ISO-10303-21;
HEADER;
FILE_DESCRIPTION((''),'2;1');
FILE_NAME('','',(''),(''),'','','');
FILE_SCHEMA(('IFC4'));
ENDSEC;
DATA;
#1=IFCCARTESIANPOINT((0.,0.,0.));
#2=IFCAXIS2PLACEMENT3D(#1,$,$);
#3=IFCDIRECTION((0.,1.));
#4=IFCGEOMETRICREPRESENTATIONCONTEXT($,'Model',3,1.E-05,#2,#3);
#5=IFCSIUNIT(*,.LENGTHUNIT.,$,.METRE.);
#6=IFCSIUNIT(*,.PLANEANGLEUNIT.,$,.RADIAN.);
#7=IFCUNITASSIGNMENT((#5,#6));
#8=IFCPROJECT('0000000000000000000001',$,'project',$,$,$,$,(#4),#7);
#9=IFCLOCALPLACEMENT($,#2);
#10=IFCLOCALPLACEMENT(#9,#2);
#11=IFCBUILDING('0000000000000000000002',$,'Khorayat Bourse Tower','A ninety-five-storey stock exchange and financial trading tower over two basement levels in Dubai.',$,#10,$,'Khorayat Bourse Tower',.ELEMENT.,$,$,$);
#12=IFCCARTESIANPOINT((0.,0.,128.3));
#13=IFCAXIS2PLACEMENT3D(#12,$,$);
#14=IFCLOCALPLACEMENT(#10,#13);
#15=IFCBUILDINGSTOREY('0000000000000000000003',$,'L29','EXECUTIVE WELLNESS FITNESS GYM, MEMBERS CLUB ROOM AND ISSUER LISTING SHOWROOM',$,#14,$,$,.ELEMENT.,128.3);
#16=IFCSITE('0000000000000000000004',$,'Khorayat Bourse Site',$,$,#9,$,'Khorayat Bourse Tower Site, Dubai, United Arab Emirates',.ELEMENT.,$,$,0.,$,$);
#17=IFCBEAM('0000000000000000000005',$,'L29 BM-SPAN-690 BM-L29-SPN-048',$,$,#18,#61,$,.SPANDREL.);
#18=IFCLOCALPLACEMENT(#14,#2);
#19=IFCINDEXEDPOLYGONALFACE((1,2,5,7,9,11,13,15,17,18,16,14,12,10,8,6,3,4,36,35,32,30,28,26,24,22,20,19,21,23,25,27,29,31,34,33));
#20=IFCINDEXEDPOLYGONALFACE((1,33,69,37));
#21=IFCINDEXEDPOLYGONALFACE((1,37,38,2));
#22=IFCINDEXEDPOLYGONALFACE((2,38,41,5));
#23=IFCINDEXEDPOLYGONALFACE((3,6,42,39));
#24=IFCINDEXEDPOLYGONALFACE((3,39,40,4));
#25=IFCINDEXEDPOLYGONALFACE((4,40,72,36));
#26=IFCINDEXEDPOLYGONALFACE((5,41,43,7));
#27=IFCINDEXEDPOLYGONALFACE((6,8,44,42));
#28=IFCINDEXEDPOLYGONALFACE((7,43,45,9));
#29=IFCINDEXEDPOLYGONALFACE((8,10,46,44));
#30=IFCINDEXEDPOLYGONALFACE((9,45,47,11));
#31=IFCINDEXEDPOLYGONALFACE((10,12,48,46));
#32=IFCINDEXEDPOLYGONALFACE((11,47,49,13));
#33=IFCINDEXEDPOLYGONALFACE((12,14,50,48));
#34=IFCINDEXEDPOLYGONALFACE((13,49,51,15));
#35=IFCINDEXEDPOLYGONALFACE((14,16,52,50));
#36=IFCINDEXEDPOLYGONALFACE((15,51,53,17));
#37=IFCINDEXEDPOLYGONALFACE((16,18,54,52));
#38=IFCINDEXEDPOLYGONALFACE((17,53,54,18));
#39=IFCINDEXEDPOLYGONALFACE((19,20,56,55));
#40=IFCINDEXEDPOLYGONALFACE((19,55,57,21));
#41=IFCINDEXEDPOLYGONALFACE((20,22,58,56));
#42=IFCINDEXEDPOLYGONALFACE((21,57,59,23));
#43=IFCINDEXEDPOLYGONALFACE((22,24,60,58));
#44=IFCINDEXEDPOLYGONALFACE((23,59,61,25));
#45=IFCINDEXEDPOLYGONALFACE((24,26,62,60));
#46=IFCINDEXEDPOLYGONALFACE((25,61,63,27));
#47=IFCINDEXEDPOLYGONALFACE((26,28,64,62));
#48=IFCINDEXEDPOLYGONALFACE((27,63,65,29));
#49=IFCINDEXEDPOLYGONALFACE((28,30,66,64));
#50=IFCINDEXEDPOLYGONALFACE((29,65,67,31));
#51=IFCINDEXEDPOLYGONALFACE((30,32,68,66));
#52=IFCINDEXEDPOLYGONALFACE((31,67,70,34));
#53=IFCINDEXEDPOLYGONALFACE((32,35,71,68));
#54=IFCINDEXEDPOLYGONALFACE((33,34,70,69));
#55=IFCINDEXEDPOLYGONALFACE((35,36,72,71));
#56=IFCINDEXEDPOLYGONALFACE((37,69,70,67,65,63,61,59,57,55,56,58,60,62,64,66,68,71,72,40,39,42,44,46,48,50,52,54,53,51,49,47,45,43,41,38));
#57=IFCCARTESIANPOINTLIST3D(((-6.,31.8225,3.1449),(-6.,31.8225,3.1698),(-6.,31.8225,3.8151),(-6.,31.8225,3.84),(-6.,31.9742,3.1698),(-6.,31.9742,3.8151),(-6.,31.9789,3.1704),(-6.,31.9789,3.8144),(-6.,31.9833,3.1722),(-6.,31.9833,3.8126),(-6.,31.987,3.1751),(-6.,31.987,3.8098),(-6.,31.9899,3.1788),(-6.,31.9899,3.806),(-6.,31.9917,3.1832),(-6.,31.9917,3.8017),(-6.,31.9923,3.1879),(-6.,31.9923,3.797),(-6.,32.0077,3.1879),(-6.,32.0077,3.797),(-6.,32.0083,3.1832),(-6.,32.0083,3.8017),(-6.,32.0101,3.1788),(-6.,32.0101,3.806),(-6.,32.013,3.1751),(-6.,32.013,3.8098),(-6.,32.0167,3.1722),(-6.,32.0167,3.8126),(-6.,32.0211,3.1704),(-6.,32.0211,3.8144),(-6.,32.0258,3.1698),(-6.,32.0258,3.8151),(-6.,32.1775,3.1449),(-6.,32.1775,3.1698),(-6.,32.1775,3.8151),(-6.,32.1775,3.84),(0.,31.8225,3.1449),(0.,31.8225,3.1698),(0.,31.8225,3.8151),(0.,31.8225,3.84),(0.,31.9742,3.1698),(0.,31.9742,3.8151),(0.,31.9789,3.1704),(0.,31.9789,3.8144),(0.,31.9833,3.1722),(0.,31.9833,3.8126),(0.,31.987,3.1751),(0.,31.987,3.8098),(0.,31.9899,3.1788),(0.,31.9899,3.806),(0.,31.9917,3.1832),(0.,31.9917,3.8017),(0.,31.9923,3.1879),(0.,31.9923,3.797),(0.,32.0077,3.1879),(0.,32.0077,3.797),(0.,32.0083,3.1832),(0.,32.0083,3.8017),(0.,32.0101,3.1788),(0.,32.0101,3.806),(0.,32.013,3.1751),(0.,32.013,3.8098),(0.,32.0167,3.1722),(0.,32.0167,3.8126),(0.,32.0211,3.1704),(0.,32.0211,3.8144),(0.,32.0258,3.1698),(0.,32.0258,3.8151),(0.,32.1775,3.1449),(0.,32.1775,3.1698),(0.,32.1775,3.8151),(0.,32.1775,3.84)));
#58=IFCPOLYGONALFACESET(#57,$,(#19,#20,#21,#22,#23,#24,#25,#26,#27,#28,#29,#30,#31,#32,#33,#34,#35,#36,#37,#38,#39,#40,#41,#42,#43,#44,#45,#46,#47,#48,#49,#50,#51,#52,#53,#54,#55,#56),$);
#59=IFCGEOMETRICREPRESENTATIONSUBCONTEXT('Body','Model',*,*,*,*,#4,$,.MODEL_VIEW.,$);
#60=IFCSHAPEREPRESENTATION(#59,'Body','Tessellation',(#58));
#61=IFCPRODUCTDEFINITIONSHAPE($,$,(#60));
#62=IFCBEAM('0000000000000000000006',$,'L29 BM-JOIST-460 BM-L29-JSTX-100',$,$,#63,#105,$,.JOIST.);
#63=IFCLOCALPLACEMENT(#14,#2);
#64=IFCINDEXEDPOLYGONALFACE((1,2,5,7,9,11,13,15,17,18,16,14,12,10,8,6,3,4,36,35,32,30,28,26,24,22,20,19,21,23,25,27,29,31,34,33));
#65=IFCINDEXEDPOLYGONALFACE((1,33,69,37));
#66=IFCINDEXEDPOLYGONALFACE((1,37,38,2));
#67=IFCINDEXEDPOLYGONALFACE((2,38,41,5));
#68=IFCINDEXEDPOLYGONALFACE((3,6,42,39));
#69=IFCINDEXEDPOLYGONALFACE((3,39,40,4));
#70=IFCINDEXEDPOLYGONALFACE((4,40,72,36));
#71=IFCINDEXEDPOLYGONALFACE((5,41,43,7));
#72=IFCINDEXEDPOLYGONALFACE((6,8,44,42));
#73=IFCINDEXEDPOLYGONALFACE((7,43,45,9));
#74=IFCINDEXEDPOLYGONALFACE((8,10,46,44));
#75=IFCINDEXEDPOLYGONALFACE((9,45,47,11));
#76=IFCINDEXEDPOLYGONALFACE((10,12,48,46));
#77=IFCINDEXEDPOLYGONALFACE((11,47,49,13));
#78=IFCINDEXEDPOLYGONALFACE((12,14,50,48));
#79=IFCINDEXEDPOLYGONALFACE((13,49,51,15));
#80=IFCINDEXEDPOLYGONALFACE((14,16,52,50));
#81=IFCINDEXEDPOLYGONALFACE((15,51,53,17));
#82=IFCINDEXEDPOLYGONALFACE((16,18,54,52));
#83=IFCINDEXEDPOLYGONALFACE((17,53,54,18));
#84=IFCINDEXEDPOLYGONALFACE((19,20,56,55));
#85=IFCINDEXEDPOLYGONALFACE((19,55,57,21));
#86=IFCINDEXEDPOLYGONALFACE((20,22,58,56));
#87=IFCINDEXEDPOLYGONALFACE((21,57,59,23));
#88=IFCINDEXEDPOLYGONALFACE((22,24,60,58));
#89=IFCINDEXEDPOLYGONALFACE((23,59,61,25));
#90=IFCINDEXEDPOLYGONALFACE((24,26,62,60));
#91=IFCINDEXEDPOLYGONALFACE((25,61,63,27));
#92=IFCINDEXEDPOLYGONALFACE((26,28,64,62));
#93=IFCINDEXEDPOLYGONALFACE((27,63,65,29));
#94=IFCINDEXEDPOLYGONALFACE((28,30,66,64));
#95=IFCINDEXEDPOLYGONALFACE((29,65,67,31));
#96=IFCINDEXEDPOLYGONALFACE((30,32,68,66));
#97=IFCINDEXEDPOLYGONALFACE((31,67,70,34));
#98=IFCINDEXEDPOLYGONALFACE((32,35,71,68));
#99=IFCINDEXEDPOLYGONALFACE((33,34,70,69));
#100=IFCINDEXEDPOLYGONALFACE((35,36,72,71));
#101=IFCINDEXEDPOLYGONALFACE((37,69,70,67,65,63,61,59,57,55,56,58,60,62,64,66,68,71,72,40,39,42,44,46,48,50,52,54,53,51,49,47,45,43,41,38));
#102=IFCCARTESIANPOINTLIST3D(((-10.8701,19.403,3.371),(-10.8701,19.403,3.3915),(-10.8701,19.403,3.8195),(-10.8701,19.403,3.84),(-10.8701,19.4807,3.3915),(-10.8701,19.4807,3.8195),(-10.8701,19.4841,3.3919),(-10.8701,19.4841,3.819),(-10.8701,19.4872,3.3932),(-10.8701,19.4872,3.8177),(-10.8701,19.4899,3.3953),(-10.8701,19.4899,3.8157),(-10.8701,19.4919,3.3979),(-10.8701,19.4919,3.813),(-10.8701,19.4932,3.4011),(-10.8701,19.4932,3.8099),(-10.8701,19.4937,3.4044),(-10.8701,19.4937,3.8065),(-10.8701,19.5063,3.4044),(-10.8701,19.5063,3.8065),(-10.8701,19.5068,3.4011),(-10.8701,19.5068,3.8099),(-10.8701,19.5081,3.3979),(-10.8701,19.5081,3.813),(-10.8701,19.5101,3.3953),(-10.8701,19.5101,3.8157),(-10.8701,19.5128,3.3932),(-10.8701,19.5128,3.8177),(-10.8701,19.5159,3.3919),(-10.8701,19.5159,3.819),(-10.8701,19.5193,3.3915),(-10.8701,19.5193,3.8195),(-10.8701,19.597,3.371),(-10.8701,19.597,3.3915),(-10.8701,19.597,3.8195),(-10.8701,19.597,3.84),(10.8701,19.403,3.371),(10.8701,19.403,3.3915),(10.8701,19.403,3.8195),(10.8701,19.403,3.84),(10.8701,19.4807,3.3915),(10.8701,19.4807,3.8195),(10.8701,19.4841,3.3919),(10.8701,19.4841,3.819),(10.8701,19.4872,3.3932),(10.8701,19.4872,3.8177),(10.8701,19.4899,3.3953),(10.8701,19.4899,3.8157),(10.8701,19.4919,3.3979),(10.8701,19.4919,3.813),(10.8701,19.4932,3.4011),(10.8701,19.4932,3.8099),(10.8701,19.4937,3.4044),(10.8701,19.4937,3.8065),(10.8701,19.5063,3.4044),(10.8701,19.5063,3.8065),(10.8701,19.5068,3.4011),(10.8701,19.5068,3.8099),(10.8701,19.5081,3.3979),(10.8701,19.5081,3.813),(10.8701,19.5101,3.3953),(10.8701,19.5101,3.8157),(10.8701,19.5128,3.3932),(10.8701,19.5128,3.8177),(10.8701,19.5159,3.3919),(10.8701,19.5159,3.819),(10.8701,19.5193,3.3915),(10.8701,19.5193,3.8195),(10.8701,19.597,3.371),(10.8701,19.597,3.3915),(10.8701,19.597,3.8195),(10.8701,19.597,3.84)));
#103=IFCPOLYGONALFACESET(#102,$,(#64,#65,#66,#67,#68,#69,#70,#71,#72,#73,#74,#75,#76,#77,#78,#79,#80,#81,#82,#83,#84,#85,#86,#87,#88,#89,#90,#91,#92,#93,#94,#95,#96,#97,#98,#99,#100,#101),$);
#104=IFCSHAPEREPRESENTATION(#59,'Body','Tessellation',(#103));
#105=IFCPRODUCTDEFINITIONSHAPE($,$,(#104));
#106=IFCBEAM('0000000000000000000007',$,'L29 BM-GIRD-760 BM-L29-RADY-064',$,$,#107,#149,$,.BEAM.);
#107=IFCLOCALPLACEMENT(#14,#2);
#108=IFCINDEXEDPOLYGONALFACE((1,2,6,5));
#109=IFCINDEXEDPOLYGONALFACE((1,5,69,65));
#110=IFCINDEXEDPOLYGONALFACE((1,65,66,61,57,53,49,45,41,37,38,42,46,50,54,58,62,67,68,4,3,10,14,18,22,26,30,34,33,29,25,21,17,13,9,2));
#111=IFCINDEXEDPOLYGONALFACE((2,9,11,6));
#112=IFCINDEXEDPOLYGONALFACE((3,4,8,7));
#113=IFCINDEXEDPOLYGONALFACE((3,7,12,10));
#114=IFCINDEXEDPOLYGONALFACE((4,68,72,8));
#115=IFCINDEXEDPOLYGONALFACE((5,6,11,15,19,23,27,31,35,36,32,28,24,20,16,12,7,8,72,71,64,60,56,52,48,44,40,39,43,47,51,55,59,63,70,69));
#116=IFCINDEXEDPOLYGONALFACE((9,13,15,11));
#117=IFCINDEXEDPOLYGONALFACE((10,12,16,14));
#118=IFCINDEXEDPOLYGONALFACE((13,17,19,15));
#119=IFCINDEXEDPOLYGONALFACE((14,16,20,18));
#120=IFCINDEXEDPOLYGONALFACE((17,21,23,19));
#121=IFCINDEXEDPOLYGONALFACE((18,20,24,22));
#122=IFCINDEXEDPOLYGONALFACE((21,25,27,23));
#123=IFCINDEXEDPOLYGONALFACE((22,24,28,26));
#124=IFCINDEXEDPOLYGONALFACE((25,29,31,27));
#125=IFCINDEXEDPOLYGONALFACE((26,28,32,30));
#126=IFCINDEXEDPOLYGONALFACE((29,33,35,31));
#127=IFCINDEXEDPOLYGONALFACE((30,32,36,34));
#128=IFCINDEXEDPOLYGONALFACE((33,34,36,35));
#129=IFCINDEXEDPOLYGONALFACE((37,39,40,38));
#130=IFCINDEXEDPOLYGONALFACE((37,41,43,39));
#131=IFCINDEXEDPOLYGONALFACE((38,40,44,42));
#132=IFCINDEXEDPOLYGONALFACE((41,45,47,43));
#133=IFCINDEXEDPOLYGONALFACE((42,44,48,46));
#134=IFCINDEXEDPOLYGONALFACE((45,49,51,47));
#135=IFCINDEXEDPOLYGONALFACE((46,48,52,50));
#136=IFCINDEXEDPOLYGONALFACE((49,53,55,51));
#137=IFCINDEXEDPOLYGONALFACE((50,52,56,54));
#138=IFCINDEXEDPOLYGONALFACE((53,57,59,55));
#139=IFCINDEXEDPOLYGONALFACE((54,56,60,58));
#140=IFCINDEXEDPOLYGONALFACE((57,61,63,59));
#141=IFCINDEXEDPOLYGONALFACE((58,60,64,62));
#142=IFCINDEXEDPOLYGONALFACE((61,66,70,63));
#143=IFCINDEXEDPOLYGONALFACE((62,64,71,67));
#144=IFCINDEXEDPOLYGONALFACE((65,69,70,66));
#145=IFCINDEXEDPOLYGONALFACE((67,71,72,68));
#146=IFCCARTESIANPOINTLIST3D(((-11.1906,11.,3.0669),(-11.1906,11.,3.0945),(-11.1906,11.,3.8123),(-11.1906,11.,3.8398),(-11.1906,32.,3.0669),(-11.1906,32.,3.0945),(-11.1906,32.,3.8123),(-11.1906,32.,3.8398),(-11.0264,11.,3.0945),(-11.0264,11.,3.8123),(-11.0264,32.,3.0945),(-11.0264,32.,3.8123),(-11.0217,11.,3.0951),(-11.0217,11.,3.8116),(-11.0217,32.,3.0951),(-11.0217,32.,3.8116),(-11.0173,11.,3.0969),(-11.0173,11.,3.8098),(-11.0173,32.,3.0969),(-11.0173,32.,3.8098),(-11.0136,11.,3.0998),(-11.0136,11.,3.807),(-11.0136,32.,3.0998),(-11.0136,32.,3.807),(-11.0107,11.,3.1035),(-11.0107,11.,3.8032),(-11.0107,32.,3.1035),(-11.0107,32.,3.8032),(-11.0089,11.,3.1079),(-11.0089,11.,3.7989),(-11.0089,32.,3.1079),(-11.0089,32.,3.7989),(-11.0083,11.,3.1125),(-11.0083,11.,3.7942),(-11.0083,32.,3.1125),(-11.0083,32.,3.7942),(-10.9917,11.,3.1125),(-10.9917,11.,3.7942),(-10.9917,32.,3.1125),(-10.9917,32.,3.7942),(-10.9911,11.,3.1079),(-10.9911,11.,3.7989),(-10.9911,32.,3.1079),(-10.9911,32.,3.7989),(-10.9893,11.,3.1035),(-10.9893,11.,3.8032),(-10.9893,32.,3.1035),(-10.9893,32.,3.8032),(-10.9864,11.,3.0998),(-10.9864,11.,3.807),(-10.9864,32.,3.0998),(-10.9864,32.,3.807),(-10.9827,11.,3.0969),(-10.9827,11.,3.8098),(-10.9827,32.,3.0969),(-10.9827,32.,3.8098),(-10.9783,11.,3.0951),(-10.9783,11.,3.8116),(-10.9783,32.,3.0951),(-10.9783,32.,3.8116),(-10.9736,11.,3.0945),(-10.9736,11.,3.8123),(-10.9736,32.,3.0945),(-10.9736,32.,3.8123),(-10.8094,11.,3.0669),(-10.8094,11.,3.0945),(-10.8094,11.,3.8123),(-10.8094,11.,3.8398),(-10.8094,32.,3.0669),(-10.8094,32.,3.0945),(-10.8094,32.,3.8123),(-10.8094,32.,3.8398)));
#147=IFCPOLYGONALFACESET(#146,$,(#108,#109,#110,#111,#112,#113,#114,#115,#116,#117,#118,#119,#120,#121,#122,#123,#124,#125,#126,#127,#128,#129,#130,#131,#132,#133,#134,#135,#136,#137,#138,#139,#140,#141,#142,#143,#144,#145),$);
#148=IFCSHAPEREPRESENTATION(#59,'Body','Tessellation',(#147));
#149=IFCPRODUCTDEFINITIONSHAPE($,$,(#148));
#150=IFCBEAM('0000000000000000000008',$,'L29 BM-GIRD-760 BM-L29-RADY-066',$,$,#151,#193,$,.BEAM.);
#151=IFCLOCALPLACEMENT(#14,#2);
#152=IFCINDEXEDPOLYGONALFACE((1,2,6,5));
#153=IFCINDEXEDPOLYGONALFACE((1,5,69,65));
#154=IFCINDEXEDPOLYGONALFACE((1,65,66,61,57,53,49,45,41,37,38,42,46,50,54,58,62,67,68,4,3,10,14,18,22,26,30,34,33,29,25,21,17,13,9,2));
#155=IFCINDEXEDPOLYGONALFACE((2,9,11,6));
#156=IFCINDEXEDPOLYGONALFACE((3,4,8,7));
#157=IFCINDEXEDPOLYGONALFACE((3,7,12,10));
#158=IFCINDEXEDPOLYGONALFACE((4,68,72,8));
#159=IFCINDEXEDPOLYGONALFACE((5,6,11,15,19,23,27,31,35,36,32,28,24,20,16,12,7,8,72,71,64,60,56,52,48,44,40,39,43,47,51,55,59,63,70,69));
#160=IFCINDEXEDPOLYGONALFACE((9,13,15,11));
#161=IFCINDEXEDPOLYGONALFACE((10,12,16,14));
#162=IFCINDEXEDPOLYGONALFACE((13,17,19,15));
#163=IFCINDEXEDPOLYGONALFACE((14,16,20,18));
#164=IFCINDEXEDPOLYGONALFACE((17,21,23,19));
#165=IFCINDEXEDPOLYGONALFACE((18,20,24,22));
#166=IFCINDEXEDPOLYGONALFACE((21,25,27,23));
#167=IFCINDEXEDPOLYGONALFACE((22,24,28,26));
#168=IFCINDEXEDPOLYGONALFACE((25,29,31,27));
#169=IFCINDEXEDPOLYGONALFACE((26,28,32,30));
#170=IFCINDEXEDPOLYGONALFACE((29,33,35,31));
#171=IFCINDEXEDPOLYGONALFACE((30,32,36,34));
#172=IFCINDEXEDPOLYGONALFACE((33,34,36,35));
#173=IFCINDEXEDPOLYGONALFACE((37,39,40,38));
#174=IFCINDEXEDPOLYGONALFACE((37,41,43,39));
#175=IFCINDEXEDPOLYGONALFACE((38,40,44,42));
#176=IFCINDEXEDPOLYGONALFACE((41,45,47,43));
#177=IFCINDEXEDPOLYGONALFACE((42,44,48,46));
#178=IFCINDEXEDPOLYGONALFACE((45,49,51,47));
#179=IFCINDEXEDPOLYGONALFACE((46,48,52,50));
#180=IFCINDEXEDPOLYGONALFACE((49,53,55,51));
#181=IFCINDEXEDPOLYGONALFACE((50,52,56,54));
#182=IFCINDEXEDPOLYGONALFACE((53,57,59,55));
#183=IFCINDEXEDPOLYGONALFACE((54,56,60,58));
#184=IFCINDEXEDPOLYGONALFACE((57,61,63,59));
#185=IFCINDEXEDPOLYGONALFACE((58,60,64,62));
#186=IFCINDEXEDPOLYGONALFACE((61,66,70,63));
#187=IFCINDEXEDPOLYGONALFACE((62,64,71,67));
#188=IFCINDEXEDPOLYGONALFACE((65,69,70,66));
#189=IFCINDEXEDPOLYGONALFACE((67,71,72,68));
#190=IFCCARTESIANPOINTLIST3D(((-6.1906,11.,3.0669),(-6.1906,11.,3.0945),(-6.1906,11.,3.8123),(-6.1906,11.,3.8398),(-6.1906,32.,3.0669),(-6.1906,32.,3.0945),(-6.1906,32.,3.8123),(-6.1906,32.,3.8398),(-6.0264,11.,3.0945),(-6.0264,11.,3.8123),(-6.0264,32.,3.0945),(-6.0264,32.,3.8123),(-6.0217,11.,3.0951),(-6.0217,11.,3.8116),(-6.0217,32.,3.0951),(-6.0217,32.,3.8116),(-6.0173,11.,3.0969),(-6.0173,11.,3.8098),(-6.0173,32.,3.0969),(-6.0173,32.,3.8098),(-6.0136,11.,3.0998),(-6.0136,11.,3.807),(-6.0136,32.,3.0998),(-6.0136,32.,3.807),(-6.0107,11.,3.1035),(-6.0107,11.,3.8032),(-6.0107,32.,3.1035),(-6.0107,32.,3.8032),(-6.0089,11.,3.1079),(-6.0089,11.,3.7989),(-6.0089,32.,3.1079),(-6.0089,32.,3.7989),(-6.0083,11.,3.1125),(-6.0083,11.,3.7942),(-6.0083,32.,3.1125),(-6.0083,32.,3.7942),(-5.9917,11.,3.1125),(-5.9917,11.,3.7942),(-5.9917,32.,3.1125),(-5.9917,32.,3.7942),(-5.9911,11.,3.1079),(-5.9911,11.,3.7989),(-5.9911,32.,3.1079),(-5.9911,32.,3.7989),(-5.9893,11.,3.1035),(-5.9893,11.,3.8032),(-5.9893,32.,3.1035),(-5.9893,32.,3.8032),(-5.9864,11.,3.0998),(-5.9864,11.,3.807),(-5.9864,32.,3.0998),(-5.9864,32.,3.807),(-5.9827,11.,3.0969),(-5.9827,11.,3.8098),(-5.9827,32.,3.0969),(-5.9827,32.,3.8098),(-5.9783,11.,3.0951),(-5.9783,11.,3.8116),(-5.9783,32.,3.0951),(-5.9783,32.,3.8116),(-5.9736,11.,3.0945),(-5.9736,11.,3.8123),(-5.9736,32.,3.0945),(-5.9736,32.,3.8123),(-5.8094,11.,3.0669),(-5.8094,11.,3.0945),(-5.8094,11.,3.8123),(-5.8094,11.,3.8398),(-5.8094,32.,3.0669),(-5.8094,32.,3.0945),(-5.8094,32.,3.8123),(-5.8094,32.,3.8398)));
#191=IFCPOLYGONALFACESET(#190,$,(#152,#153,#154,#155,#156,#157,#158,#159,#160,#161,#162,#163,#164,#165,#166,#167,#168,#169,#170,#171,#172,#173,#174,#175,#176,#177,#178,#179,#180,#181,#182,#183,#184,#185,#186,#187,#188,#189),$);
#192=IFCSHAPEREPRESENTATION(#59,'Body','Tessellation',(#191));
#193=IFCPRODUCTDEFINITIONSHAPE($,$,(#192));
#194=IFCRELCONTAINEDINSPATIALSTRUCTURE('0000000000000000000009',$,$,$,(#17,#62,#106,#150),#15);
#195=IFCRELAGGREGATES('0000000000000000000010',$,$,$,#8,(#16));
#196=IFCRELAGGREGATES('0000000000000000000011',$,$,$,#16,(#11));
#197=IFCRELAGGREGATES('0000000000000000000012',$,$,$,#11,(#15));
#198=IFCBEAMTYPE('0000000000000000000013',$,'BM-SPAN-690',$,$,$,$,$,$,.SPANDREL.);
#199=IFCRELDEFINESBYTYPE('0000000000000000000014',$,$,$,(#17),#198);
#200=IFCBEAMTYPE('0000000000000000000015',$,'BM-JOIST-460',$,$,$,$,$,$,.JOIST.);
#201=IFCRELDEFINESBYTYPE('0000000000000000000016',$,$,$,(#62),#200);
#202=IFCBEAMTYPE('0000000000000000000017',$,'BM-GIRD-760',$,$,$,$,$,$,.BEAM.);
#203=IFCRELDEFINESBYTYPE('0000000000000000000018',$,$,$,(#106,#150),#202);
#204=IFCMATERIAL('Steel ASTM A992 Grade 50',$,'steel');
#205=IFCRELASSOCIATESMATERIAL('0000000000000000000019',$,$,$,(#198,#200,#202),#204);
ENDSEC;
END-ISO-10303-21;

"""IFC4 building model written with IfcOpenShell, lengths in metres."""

from ifc_helpers import new_model, si_unit, direction, frame, origin, origin_2d, place, context, subcontext, project, spatial, i_section, extrude, source, transform, mapped, material, material_profile, profile_set, type_object, element, save


model = new_model("IFC4")

# Units and contexts
model_context = context("Model", 3, precision=1e-05, world=origin(), true_north=direction((0.0, 1.0)))
body_context = subcontext(model_context, "Body", "Model", "MODEL_VIEW")
ifc_project = project(units=[si_unit("LENGTHUNIT", "METRE"), si_unit("PLANEANGLEUNIT", "RADIAN")], contexts=[model_context])

# Site, building, storey
site_placement = place(None, origin())
site = spatial("IfcSite", under=ifc_project, at=site_placement, Name="Khorayat Bourse Site", LongName="Khorayat Bourse Tower Site, Dubai, United Arab Emirates", CompositionType="ELEMENT", RefElevation=0.0)
building_placement = place(site_placement, origin())
building = spatial("IfcBuilding", under=site, at=building_placement, Name="Khorayat Bourse Tower", Description="A ninety-five-storey stock exchange and financial trading tower over two basement levels in Dubai.", LongName="Khorayat Bourse Tower", CompositionType="ELEMENT")
storey_placement = place(building_placement, frame((0.0, 0.0, 128.3)))
storey = spatial("IfcBuildingStorey", under=building, at=storey_placement, Name="L29", Description="EXECUTIVE WELLNESS FITNESS GYM, MEMBERS CLUB ROOM AND ISSUER LISTING SHOWROOM", CompositionType="ELEMENT", Elevation=128.3)

# Beams
ifc_material_1 = material(Name="Steel ASTM A992 Grade 50", Category="steel")
ifc_material_profile_1 = material_profile(ifc_material_1, i_section(OverallWidth=0.355, OverallDepth=0.6951, WebThickness=0.0154, FlangeThickness=0.0249, FilletRadius=0.0181, at=origin_2d()), Name="W690X217")
ifc_profile_set_1 = profile_set([ifc_material_profile_1], Name="Steel ASTM A992 Grade 50")
beam_type_1 = type_object("IfcBeamType", Name="BM-SPAN-690", PredefinedType="SPANDREL", material=ifc_profile_set_1)
shared_shape_1 = source(origin(), body_context, "Body", "SweptSolid", [
    extrude(i_section(OverallWidth=0.355, OverallDepth=0.6951, WebThickness=0.0154, FlangeThickness=0.0249, FilletRadius=0.0181, at=origin_2d()), origin(), (0.0, 0.0, 1.0), 6.0),
])
beam_1_placement = place(storey_placement, frame((-6.0, 32.0, 3.4924), z_axis=(1.0, 0.0, 0.0), x_axis=(0.0, 1.0, 0.0)))
element("IfcBeam", 1, at=beam_1_placement, inside=storey, type_object=beam_type_1, Name="L29 BM-SPAN-690 BM-L29-SPN-048", PredefinedType="SPANDREL", context=body_context, shape_type="MappedRepresentation", body=[
    mapped(shared_shape_1, transform((0.0, 0.0, 0.0), scale=1.0)),
])
ifc_material_profile_2 = material_profile(ifc_material_1, i_section(OverallWidth=0.1941, OverallDepth=0.469, WebThickness=0.0127, FlangeThickness=0.0205, FilletRadius=0.0129, at=origin_2d()), Name="W460X106")
ifc_profile_set_2 = profile_set([ifc_material_profile_2], Name="Steel ASTM A992 Grade 50")
beam_type_2 = type_object("IfcBeamType", Name="BM-JOIST-460", PredefinedType="JOIST", material=ifc_profile_set_2)
shared_shape_2 = source(origin(), body_context, "Body", "SweptSolid", [
    extrude(i_section(OverallWidth=0.1941, OverallDepth=0.469, WebThickness=0.0127, FlangeThickness=0.0205, FilletRadius=0.0129, at=origin_2d()), origin(), (0.0, 0.0, 1.0), 21.7402),
])
beam_2_placement = place(storey_placement, frame((-10.8701, 19.5, 3.6055), z_axis=(1.0, 0.0, 0.0), x_axis=(0.0, 1.0, 0.0)))
element("IfcBeam", 2, at=beam_2_placement, inside=storey, type_object=beam_type_2, Name="L29 BM-JOIST-460 BM-L29-JSTX-100", PredefinedType="JOIST", context=body_context, shape_type="MappedRepresentation", body=[
    mapped(shared_shape_2, transform((0.0, 0.0, 0.0), scale=1.0)),
])
ifc_material_profile_3 = material_profile(ifc_material_1, i_section(OverallWidth=0.3811, OverallDepth=0.7729, WebThickness=0.0166, FlangeThickness=0.0276, FilletRadius=0.0181, at=origin_2d()), Name="W760X257")
ifc_profile_set_3 = profile_set([ifc_material_profile_3], Name="Steel ASTM A992 Grade 50")
beam_type_3 = type_object("IfcBeamType", Name="BM-GIRD-760", PredefinedType="BEAM", material=ifc_profile_set_3)
shared_shape_3 = source(origin(), body_context, "Body", "SweptSolid", [
    extrude(i_section(OverallWidth=0.3811, OverallDepth=0.7729, WebThickness=0.0166, FlangeThickness=0.0276, FilletRadius=0.0181, at=origin_2d()), origin(), (0.0, 0.0, 1.0), 21.0),
])
for number, where, z_axis, x_axis, name in (
    (3, (-11.0, 11.0, 3.4534), (0.0, 1.0, 0.0), (-1.0, 0.0, 0.0), "L29 BM-GIRD-760 BM-L29-RADY-064"),
    (4, (-6.0, 11.0, 3.4534), (0.0, 1.0, 0.0), (-1.0, 0.0, 0.0), "L29 BM-GIRD-760 BM-L29-RADY-066"),
):
    element("IfcBeam", number, at=place(storey_placement, frame(where, z_axis=z_axis, x_axis=x_axis)), inside=storey, type_object=beam_type_3, Name=name, PredefinedType="BEAM", context=body_context, shape_type="MappedRepresentation", body=[
        mapped(shared_shape_3, transform((0.0, 0.0, 0.0), scale=1.0)),
    ])

save(model, "model.ifc")
